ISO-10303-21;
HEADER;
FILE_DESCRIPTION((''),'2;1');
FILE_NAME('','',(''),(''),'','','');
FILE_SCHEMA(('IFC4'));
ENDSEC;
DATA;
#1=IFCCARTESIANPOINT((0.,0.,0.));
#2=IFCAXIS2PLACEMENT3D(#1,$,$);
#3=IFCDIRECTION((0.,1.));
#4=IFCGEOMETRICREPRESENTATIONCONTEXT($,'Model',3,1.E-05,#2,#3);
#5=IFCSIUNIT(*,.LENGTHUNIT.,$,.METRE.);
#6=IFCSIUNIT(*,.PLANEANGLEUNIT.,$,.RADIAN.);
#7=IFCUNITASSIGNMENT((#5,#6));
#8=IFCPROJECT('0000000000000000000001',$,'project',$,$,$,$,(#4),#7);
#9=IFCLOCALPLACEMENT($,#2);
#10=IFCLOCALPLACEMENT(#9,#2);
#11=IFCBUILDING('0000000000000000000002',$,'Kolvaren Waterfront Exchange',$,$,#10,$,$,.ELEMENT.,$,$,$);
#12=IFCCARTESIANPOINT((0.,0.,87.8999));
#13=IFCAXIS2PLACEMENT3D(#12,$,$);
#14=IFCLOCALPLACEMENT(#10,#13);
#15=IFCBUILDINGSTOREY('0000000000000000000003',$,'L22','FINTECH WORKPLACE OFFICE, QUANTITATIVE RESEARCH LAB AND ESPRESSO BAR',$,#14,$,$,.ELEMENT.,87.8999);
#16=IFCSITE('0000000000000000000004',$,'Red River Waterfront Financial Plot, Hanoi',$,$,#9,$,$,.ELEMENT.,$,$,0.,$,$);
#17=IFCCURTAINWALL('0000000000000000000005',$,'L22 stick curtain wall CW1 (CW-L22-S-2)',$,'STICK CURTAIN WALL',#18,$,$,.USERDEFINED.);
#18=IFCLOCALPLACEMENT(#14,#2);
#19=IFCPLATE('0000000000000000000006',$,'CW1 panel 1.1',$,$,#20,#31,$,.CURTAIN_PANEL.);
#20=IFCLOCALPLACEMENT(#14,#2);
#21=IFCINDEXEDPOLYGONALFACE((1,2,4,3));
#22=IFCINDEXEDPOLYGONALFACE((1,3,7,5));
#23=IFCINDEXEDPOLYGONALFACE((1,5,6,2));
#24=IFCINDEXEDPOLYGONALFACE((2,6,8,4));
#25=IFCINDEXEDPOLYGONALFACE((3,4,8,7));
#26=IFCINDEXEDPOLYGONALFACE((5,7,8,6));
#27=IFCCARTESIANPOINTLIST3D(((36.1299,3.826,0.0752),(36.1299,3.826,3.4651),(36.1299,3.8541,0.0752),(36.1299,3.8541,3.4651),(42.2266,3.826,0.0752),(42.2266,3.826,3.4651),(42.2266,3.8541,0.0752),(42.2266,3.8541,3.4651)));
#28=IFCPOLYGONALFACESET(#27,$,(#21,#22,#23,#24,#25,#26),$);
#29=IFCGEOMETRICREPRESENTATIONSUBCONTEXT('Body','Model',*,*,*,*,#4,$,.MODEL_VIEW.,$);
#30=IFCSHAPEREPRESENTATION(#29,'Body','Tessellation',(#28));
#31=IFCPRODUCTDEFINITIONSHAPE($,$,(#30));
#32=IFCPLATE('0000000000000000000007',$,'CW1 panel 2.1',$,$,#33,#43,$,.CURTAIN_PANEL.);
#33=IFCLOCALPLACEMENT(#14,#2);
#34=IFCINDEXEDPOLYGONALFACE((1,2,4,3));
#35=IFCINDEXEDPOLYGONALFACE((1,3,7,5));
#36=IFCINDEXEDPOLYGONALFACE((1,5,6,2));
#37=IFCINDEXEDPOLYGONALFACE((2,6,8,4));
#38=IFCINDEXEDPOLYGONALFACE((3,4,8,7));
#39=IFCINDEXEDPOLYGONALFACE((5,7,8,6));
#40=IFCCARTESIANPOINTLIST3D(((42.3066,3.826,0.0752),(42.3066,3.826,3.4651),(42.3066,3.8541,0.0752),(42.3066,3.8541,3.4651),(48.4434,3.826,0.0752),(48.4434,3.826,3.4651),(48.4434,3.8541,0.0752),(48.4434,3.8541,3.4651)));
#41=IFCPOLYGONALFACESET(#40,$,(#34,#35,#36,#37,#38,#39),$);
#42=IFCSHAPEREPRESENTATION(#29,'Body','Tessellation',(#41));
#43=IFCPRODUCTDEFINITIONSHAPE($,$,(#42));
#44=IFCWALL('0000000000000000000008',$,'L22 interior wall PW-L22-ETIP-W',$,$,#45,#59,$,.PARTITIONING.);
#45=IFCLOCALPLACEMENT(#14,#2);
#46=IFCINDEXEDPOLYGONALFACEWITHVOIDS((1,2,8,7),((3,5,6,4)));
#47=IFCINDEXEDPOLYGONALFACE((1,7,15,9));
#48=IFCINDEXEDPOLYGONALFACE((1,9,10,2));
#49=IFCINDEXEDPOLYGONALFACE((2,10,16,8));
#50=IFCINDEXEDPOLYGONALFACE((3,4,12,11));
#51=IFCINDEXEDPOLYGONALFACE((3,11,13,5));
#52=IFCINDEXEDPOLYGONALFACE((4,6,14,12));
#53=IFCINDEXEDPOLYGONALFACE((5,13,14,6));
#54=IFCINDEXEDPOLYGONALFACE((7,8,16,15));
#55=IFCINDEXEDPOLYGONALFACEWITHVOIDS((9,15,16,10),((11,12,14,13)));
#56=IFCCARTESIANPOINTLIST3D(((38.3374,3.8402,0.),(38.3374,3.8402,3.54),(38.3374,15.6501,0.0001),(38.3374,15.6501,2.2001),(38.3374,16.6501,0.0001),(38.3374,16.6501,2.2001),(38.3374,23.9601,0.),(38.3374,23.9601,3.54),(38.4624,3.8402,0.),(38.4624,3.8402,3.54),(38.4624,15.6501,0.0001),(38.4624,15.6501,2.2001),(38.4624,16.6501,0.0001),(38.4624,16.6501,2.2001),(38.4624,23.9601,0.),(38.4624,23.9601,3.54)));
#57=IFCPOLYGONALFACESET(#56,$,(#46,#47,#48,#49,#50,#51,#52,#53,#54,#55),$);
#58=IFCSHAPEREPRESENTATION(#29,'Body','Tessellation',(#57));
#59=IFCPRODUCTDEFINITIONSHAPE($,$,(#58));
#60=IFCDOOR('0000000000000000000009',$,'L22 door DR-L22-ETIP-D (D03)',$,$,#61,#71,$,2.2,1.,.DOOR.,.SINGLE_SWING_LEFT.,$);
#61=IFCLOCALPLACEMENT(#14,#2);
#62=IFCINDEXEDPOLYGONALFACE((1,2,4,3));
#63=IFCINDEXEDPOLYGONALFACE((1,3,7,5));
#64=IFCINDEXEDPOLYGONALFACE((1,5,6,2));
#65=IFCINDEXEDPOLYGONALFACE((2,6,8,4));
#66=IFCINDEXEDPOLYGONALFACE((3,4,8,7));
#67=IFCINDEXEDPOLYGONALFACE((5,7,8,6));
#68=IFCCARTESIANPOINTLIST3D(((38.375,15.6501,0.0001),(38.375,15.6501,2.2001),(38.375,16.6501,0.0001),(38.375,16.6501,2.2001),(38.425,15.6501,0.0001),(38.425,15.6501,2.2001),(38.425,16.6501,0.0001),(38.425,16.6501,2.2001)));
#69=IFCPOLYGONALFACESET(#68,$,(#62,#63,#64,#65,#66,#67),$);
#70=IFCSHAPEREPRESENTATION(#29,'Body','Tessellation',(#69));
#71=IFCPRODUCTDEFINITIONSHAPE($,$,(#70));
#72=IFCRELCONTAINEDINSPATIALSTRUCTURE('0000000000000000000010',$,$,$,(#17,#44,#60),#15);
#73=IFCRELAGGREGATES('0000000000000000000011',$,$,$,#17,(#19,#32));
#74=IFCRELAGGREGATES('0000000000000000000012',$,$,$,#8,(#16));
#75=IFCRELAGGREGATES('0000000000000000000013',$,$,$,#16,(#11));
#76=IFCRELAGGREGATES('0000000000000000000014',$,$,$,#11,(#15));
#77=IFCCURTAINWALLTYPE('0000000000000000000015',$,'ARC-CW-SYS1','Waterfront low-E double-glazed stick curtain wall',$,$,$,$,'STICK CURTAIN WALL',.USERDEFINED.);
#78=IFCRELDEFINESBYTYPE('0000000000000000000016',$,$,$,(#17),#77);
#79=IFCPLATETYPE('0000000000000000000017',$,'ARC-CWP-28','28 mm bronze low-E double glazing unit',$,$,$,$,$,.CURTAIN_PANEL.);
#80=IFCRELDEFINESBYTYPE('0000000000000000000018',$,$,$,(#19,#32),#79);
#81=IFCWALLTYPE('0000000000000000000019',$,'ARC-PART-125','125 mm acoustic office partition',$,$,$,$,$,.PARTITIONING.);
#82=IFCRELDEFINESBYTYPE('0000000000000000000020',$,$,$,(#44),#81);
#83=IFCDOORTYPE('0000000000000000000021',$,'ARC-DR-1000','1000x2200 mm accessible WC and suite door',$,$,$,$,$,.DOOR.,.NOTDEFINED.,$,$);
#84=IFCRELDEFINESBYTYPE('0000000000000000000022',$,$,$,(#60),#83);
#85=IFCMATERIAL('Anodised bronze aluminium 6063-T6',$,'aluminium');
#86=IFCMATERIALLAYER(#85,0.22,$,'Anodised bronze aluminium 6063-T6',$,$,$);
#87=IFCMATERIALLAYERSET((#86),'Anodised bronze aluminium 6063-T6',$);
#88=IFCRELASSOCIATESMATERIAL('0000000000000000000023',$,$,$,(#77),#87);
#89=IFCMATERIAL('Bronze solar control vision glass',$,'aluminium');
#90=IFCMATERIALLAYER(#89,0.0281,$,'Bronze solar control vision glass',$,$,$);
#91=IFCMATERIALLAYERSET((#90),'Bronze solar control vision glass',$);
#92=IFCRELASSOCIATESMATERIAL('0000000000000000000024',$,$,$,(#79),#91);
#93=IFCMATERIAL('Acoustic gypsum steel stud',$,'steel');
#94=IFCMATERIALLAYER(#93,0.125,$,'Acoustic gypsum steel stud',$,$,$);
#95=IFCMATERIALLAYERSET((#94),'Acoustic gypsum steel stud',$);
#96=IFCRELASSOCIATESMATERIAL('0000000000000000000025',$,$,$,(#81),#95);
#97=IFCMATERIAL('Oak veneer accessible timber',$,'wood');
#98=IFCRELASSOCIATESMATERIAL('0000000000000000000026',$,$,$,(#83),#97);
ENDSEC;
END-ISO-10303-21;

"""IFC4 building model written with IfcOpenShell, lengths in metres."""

from ifc_helpers import new_model, si_unit, direction, frame, frame_2d, origin, origin_with_axes, origin_2d, place, context, subcontext, project, spatial, rectangle, extrude, source, transform, mapped, material, layer, layer_set, type_object, element, fill, aggregate, save


model = new_model("IFC4")

# Units and contexts
model_context = context("Model", 3, precision=1e-05, world=origin(), true_north=direction((0.0, 1.0)))
body_context = subcontext(model_context, "Body", "Model", "MODEL_VIEW")
ifc_project = project(units=[si_unit("LENGTHUNIT", "METRE"), si_unit("PLANEANGLEUNIT", "RADIAN")], contexts=[model_context])

# Site, building, storey
site_placement = place(None, origin())
site = spatial("IfcSite", under=ifc_project, at=site_placement, Name="Red River Waterfront Financial Plot, Hanoi", CompositionType="ELEMENT", RefElevation=0.0)
building_placement = place(site_placement, origin())
building = spatial("IfcBuilding", under=site, at=building_placement, Name="Kolvaren Waterfront Exchange", CompositionType="ELEMENT")
storey_placement = place(building_placement, frame((0.0, 0.0, 87.8999)))
storey = spatial("IfcBuildingStorey", under=building, at=storey_placement, Name="L22", Description="FINTECH WORKPLACE OFFICE, QUANTITATIVE RESEARCH LAB AND ESPRESSO BAR", CompositionType="ELEMENT", Elevation=87.8999)

# Curtain wall, plates
ifc_material_1 = material(Name="Anodised bronze aluminium 6063-T6", Category="aluminium")
ifc_layer_1 = layer(ifc_material_1, 0.22, Name="Anodised bronze aluminium 6063-T6")
ifc_layer_set_1 = layer_set([ifc_layer_1], Name="Anodised bronze aluminium 6063-T6")
curtain_wall_type = type_object("IfcCurtainWallType", Name="ARC-CW-SYS1", Description="Waterfront low-E double-glazed stick curtain wall", ElementType="STICK CURTAIN WALL", PredefinedType="USERDEFINED", material=ifc_layer_set_1)
curtain_wall_placement = place(storey_placement, origin())
curtain_wall = element("IfcCurtainWall", 1, at=curtain_wall_placement, inside=storey, type_object=curtain_wall_type, Name="L22 stick curtain wall CW1 (CW-L22-S-2)", ObjectType="STICK CURTAIN WALL", PredefinedType="USERDEFINED")
ifc_material_2 = material(Name="Bronze solar control vision glass", Category="aluminium")
ifc_layer_2 = layer(ifc_material_2, 0.0281, Name="Bronze solar control vision glass")
ifc_layer_set_2 = layer_set([ifc_layer_2], Name="Bronze solar control vision glass")
plate_type = type_object("IfcPlateType", Name="ARC-CWP-28", Description="28 mm bronze low-E double glazing unit", PredefinedType="CURTAIN_PANEL", material=ifc_layer_set_2)
shared_shape_1 = source(origin_with_axes(), body_context, "Body", "SweptSolid", [
    extrude(rectangle(XDim=6.0967, YDim=0.0281, at=origin_2d()), origin(), (0.0, 0.0, 1.0), 3.3899),
])
plate_1_placement = place(storey_placement, frame((39.1782, 3.8401, 0.0752), z_axis=(0.0, 0.0, 1.0), x_axis=(1.0, 0.0, 0.0)))
plate_1 = element("IfcPlate", 2, at=plate_1_placement, type_object=plate_type, Name="CW1 panel 1.1", PredefinedType="CURTAIN_PANEL", context=body_context, shape_type="MappedRepresentation", body=[
    mapped(shared_shape_1, transform((0.0, 0.0, 0.0), x_axis=(1.0, 0.0, 0.0), y_axis=(0.0, 1.0, 0.0), z_axis=(0.0, 0.0, 1.0), scale=1.0)),
])
shared_shape_2 = source(origin_with_axes(), body_context, "Body", "SweptSolid", [
    extrude(rectangle(XDim=6.1367, YDim=0.0281, at=origin_2d()), origin(), (0.0, 0.0, 1.0), 3.3899),
])
plate_2_placement = place(storey_placement, frame((45.375, 3.8401, 0.0752), z_axis=(0.0, 0.0, 1.0), x_axis=(1.0, 0.0, 0.0)))
plate_2 = element("IfcPlate", 3, at=plate_2_placement, type_object=plate_type, Name="CW1 panel 2.1", PredefinedType="CURTAIN_PANEL", context=body_context, shape_type="MappedRepresentation", body=[
    mapped(shared_shape_2, transform((0.0, 0.0, 0.0), x_axis=(1.0, 0.0, 0.0), y_axis=(0.0, 1.0, 0.0), z_axis=(0.0, 0.0, 1.0), scale=1.0)),
])
aggregate(curtain_wall, [plate_1, plate_2])

# Wall, opening, door
ifc_material_3 = material(Name="Acoustic gypsum steel stud", Category="steel")
ifc_layer_3 = layer(ifc_material_3, 0.125, Name="Acoustic gypsum steel stud")
ifc_layer_set_3 = layer_set([ifc_layer_3], Name="Acoustic gypsum steel stud")
wall_type = type_object("IfcWallType", Name="ARC-PART-125", Description="125 mm acoustic office partition", PredefinedType="PARTITIONING", material=ifc_layer_set_3)
wall_placement = place(storey_placement, frame((38.3999, 3.8401, 0.0), z_axis=(0.0, 0.0, 1.0), x_axis=(0.0, 1.0, 0.0)))
wall = element("IfcWall", 4, at=wall_placement, inside=storey, type_object=wall_type, Name="L22 interior wall PW-L22-ETIP-W", PredefinedType="PARTITIONING", context=body_context, shape_type="SweptSolid", body=[
    extrude(rectangle(XDim=20.1199, YDim=0.125, at=frame_2d((10.0601, 0.0))), origin(), (0.0, 0.0, 1.0), 3.54),
])
opening_placement = place(wall_placement, frame((11.8101, 0.0, 0.0)))
opening = element("IfcOpeningElement", 5, at=opening_placement, cuts=wall, PredefinedType="OPENING", context=body_context, shape_type="SweptSolid", body=[
    extrude(rectangle(XDim=1.0, YDim=2.2, at=frame_2d((0.5, 1.1001))), frame((0.0, 0.0725, 0.0), z_axis=(0.0, -1.0, 0.0), x_axis=(1.0, 0.0, 0.0)), (0.0, 0.0, 1.0), 0.145),
])
ifc_material_4 = material(Name="Oak veneer accessible timber", Category="wood")
door_type = type_object("IfcDoorType", Name="ARC-DR-1000", Description="1000x2200 mm accessible WC and suite door", OperationType="NOTDEFINED", PredefinedType="DOOR", material=ifc_material_4)
door_placement = place(opening_placement, origin())
door = element("IfcDoor", 6, at=door_placement, inside=storey, type_object=door_type, Name="L22 door DR-L22-ETIP-D (D03)", OperationType="SINGLE_SWING_LEFT", OverallHeight=2.2, OverallWidth=1.0, PredefinedType="DOOR", context=body_context, shape_type="SweptSolid", body=[
    extrude(rectangle(XDim=1.0, YDim=2.2, at=frame_2d((0.5, 1.1001))), frame((0.0, 0.0249, 0.0), z_axis=(0.0, -1.0, 0.0), x_axis=(1.0, 0.0, 0.0)), (0.0, 0.0, 1.0), 0.05),
])
fill(opening, door)

save(model, "model.ifc")
